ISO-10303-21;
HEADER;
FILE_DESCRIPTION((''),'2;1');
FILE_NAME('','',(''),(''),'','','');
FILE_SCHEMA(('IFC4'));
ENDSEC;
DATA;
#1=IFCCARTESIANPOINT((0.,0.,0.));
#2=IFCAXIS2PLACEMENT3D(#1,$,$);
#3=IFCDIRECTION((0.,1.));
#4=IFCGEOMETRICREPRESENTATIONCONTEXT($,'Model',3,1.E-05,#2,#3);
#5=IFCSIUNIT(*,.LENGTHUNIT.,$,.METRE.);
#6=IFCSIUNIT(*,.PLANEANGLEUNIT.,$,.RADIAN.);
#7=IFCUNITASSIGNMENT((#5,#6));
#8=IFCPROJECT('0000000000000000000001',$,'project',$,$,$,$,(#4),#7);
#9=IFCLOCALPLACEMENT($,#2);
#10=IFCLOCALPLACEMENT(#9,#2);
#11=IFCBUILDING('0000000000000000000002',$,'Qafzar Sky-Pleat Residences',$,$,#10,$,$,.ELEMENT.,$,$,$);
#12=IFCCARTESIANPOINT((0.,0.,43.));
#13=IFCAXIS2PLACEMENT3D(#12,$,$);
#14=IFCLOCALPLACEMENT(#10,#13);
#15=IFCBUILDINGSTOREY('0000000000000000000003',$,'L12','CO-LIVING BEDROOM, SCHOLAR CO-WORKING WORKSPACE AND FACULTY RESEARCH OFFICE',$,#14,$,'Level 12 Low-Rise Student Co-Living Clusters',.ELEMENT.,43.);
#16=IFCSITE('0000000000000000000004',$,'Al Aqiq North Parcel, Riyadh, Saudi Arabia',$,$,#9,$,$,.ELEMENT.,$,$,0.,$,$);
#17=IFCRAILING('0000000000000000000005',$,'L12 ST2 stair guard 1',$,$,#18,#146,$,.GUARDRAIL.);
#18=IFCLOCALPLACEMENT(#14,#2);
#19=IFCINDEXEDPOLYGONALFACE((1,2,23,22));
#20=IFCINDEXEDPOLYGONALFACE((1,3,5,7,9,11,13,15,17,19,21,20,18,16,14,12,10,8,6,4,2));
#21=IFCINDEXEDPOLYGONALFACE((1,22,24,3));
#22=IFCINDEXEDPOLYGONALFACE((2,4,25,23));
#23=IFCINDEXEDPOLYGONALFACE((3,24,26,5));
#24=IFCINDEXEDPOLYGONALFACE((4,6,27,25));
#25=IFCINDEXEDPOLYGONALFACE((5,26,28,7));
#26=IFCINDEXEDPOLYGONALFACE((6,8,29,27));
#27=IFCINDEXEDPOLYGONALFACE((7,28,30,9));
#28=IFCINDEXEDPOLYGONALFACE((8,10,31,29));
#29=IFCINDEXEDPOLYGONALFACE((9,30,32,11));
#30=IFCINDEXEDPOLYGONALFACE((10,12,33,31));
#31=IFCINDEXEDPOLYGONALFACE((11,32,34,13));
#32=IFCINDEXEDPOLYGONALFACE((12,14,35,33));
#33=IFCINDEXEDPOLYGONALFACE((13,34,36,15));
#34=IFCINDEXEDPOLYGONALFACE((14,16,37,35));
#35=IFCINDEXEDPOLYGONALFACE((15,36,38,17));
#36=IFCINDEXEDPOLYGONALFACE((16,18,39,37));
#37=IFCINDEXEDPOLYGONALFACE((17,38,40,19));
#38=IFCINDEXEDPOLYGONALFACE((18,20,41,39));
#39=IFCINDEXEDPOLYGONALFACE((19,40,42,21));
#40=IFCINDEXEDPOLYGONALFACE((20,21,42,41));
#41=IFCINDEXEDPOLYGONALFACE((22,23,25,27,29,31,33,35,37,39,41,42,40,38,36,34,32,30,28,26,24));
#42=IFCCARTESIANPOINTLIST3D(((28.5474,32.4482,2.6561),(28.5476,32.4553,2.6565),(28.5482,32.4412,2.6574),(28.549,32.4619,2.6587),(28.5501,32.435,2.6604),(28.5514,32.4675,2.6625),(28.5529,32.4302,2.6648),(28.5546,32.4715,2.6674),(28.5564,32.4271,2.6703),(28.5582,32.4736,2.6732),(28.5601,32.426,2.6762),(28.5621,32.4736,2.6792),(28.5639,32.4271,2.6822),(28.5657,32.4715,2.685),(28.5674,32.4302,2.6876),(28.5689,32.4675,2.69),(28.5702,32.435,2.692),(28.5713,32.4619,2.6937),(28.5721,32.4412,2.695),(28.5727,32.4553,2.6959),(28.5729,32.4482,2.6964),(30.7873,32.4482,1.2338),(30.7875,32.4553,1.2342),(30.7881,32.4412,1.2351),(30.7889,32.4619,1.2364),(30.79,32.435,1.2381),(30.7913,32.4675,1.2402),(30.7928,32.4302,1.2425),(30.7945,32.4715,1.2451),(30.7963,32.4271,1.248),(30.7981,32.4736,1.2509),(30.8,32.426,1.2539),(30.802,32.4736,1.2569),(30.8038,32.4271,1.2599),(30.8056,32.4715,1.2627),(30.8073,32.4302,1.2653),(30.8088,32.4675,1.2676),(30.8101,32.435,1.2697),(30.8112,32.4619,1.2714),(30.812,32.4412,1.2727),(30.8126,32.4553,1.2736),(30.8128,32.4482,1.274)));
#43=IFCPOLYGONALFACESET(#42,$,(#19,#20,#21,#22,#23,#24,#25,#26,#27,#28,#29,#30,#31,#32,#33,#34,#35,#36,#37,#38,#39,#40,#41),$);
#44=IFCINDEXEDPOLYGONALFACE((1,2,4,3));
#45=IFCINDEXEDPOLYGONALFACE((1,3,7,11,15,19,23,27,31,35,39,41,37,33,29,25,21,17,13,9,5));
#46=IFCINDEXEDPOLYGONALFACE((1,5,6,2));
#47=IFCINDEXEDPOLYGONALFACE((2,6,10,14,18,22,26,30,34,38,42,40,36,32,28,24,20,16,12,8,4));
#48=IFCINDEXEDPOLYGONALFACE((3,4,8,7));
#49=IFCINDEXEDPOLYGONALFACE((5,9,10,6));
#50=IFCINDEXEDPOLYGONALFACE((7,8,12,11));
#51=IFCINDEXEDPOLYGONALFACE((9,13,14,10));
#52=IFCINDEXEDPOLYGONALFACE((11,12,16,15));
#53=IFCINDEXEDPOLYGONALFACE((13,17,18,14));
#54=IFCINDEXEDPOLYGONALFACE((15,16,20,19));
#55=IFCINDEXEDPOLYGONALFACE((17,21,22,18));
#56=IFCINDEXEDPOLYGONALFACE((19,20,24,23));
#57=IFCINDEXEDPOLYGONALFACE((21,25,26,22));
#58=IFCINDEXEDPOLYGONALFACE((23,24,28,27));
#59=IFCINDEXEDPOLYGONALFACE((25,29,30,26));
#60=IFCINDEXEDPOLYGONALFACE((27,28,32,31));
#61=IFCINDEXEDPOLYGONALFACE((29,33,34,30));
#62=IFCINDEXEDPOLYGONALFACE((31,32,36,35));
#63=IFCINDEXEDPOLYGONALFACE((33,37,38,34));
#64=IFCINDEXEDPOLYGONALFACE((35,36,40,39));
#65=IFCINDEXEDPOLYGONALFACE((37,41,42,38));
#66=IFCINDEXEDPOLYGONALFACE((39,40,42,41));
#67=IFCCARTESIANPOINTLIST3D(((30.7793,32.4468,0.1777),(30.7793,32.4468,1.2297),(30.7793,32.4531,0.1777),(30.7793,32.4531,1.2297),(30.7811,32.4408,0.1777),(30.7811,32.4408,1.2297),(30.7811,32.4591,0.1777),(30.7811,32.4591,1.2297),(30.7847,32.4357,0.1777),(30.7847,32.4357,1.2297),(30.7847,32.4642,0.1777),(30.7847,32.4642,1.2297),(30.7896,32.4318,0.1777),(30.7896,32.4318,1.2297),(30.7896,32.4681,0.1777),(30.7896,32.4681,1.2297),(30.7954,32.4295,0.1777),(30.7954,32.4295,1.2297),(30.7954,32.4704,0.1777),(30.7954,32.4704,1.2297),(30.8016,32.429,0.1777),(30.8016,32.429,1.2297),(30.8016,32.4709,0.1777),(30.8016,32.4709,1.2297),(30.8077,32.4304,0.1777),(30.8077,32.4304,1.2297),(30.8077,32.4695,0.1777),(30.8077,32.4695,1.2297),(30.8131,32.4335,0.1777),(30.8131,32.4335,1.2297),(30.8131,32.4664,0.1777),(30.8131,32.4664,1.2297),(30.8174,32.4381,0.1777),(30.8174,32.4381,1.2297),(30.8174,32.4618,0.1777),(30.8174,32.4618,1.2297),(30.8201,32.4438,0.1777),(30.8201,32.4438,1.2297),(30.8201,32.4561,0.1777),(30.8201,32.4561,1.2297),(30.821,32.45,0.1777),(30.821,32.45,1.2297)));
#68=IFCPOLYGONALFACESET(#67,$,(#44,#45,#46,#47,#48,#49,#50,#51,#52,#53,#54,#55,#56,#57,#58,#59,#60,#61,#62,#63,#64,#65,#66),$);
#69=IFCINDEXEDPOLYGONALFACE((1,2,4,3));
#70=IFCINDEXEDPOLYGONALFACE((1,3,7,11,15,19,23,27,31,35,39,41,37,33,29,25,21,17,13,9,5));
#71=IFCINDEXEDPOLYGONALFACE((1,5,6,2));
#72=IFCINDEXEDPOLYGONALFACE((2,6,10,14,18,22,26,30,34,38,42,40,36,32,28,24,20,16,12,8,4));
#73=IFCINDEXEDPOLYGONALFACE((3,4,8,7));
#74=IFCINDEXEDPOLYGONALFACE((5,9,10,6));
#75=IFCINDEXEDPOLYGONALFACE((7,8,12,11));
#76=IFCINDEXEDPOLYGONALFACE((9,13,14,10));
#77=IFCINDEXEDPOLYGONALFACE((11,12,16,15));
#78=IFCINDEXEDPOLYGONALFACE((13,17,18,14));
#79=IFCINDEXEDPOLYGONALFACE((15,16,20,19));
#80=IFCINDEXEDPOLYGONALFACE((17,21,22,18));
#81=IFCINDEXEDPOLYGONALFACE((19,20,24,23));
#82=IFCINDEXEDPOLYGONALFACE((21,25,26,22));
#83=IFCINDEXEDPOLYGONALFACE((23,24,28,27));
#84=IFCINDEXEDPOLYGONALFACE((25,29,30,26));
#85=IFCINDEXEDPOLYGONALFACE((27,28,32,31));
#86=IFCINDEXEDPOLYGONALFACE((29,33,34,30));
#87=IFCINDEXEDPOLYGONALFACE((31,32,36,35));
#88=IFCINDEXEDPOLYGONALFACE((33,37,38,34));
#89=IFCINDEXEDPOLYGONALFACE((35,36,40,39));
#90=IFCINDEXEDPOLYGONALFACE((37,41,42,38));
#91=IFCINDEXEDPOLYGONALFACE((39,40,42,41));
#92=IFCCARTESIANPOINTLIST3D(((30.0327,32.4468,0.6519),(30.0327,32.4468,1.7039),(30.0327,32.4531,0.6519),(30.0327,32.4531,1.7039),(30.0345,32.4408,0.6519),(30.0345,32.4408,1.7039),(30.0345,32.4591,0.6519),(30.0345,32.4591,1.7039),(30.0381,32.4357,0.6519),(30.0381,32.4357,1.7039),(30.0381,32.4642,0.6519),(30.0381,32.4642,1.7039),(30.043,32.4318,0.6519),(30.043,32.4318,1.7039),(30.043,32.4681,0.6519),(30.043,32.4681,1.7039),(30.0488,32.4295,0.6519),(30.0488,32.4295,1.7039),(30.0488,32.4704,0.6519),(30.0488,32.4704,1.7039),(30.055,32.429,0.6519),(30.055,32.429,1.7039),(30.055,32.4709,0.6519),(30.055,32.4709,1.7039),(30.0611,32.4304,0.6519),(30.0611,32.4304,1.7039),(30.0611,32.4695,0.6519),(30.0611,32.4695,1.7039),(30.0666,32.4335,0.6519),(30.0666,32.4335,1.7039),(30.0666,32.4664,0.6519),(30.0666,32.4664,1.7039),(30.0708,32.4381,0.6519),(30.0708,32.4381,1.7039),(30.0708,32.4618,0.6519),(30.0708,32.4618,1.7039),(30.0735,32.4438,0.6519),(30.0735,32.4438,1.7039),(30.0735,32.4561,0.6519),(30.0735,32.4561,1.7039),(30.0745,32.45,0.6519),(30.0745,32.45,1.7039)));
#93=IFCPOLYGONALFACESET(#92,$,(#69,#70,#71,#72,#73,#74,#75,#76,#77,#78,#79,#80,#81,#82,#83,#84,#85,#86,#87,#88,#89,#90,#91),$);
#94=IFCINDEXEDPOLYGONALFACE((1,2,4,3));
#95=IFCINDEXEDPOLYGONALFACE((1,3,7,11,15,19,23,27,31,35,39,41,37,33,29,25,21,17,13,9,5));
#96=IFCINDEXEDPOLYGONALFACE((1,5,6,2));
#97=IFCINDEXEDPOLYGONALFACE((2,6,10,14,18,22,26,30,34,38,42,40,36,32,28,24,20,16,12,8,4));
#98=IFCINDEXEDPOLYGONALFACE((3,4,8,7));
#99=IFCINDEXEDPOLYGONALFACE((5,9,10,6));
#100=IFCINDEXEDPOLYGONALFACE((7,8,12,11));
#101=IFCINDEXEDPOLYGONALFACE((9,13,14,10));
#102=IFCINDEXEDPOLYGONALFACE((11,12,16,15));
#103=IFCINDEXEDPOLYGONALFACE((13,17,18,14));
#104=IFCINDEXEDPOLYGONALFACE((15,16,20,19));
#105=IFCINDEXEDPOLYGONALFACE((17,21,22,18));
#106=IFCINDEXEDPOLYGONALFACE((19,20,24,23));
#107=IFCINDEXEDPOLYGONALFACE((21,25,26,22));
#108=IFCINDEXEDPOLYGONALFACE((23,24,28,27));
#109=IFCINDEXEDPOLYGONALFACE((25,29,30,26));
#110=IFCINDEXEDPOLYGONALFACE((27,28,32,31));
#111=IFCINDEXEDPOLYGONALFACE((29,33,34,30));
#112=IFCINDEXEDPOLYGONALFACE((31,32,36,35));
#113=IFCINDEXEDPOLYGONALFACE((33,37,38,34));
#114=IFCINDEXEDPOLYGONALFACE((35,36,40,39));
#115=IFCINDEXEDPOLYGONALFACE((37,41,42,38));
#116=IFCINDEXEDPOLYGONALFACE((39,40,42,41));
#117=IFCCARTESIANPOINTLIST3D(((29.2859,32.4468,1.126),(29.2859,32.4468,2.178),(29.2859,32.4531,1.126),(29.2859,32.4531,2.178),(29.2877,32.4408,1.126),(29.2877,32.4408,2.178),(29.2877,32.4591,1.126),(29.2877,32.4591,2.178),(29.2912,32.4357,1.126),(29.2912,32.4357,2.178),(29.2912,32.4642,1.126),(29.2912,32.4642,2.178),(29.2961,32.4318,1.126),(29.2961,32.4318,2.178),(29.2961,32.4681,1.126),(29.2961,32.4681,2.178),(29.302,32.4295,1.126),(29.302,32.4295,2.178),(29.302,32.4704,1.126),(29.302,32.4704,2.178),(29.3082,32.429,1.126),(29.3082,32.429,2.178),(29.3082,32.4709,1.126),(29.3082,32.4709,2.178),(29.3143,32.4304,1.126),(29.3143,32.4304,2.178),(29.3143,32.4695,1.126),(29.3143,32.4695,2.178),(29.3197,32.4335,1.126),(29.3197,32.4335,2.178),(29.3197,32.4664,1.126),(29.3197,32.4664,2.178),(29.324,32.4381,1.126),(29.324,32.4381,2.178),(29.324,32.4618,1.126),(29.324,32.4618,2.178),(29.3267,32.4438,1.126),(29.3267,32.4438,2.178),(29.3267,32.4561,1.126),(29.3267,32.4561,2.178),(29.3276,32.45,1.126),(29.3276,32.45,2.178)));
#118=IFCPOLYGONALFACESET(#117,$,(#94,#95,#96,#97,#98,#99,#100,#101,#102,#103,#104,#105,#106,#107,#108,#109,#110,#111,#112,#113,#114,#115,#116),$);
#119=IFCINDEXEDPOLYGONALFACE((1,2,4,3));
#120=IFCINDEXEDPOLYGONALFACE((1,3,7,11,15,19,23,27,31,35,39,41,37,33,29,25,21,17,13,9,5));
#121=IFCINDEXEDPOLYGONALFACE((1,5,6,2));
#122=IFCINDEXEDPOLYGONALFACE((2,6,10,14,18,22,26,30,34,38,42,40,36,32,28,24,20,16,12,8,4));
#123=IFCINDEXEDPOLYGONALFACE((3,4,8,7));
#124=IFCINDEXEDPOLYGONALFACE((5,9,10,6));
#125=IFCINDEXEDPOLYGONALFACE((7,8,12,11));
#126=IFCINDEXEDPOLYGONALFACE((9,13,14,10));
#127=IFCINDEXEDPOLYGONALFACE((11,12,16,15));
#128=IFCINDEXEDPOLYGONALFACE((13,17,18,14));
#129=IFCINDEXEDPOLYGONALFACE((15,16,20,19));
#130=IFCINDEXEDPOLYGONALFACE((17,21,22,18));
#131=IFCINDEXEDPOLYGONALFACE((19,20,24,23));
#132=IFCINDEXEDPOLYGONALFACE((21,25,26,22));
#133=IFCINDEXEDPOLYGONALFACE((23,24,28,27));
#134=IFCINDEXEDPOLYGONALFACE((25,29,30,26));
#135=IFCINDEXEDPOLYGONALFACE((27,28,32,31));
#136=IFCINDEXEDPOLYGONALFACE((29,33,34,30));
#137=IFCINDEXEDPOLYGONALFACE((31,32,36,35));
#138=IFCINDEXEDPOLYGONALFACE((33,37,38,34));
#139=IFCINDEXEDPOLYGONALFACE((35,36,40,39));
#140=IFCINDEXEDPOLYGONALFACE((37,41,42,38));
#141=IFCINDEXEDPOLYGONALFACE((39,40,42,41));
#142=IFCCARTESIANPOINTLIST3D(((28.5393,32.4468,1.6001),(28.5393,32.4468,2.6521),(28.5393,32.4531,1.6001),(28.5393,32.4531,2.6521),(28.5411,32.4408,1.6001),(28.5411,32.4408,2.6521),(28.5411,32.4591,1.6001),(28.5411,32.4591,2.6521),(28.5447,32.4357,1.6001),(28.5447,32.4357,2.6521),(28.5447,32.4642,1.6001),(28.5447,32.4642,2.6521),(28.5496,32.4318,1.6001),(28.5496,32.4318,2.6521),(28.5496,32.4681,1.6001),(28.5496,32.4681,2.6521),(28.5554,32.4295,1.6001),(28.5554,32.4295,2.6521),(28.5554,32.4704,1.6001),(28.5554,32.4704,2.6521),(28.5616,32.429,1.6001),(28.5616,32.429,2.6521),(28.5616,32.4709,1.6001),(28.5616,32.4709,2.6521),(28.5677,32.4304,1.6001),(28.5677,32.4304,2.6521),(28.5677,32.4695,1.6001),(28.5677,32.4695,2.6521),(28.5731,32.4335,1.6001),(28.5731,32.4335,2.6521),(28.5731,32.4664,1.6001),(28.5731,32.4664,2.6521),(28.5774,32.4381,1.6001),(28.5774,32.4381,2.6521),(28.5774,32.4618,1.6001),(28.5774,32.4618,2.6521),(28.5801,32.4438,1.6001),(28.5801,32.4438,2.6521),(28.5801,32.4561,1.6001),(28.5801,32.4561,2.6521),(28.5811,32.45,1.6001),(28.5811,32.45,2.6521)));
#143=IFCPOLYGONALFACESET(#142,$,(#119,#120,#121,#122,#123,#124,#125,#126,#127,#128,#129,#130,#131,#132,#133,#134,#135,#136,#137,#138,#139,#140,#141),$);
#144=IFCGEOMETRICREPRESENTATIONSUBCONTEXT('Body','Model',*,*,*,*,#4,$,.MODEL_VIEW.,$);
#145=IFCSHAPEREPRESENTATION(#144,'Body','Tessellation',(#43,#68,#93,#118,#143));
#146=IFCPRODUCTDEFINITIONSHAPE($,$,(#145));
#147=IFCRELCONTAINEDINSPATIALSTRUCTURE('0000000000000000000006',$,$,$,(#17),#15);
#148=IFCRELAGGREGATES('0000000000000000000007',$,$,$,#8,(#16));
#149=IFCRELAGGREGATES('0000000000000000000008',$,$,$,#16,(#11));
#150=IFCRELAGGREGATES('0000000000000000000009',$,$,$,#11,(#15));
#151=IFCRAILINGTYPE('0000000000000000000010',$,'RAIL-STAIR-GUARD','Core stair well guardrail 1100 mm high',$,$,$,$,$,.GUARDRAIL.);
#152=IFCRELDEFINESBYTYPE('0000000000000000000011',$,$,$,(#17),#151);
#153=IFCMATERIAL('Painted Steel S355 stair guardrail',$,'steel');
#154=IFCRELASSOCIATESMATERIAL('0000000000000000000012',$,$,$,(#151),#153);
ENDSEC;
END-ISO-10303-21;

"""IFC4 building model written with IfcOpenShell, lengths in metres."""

from ifc_helpers import new_model, si_unit, direction, frame, origin, origin_2d, place, context, subcontext, project, spatial, circle, extrude, source, transform, mapped, material, type_object, element, save


model = new_model("IFC4")

# Units and contexts
model_context = context("Model", 3, precision=1e-05, world=origin(), true_north=direction((0.0, 1.0)))
body_context = subcontext(model_context, "Body", "Model", "MODEL_VIEW")
ifc_project = project(units=[si_unit("LENGTHUNIT", "METRE"), si_unit("PLANEANGLEUNIT", "RADIAN")], contexts=[model_context])

# Site, building, storey
site_placement = place(None, origin())
site = spatial("IfcSite", under=ifc_project, at=site_placement, Name="Al Aqiq North Parcel, Riyadh, Saudi Arabia", CompositionType="ELEMENT", RefElevation=0.0)
building_placement = place(site_placement, origin())
building = spatial("IfcBuilding", under=site, at=building_placement, Name="Qafzar Sky-Pleat Residences", CompositionType="ELEMENT")
storey_placement = place(building_placement, frame((0.0, 0.0, 43.0)))
storey = spatial("IfcBuildingStorey", under=building, at=storey_placement, Name="L12", Description="CO-LIVING BEDROOM, SCHOLAR CO-WORKING WORKSPACE AND FACULTY RESEARCH OFFICE", LongName="Level 12 Low-Rise Student Co-Living Clusters", CompositionType="ELEMENT", Elevation=43.0)

# Railing
ifc_material_1 = material(Name="Painted Steel S355 stair guardrail", Category="steel")
railing_type_1 = type_object("IfcRailingType", Name="RAIL-STAIR-GUARD", Description="Core stair well guardrail 1100 mm high", PredefinedType="GUARDRAIL", material=ifc_material_1)
shared_shape_1 = source(origin(), body_context, "Body", "SweptSolid", [
    extrude(circle(Radius=0.0239, at=origin_2d()), frame((0.0, 0.0, 1.0762), z_axis=(-0.844188, 0.0, 0.536048), x_axis=(0.0, -1.0, 0.0)), (0.0, 0.0, 1.0), 2.6533),
    extrude(circle(Radius=0.021, at=origin_2d()), origin(), (0.0, 0.0, 1.0), 1.052),
    extrude(circle(Radius=0.021, at=origin_2d()), frame((-0.7466, 0.0, 0.4741)), (0.0, 0.0, 1.0), 1.052),
    extrude(circle(Radius=0.021, at=origin_2d()), frame((-1.4934, 0.0, 0.9482)), (0.0, 0.0, 1.0), 1.052),
    extrude(circle(Radius=0.021, at=origin_2d()), frame((-2.24, 0.0, 1.4224)), (0.0, 0.0, 1.0), 1.052),
])
railing_1_placement = place(storey_placement, frame((30.8, 32.45, 0.1777)))
element("IfcRailing", 1, at=railing_1_placement, inside=storey, type_object=railing_type_1, Name="L12 ST2 stair guard 1", PredefinedType="GUARDRAIL", context=body_context, shape_type="MappedRepresentation", body=[
    mapped(shared_shape_1, transform((0.0, 0.0, 0.0), x_axis=(1.0, 0.0, 0.0), y_axis=(0.0, 1.0, 0.0), z_axis=(0.0, 0.0, 1.0), scale=1.0)),
])

save(model, "model.ifc")
